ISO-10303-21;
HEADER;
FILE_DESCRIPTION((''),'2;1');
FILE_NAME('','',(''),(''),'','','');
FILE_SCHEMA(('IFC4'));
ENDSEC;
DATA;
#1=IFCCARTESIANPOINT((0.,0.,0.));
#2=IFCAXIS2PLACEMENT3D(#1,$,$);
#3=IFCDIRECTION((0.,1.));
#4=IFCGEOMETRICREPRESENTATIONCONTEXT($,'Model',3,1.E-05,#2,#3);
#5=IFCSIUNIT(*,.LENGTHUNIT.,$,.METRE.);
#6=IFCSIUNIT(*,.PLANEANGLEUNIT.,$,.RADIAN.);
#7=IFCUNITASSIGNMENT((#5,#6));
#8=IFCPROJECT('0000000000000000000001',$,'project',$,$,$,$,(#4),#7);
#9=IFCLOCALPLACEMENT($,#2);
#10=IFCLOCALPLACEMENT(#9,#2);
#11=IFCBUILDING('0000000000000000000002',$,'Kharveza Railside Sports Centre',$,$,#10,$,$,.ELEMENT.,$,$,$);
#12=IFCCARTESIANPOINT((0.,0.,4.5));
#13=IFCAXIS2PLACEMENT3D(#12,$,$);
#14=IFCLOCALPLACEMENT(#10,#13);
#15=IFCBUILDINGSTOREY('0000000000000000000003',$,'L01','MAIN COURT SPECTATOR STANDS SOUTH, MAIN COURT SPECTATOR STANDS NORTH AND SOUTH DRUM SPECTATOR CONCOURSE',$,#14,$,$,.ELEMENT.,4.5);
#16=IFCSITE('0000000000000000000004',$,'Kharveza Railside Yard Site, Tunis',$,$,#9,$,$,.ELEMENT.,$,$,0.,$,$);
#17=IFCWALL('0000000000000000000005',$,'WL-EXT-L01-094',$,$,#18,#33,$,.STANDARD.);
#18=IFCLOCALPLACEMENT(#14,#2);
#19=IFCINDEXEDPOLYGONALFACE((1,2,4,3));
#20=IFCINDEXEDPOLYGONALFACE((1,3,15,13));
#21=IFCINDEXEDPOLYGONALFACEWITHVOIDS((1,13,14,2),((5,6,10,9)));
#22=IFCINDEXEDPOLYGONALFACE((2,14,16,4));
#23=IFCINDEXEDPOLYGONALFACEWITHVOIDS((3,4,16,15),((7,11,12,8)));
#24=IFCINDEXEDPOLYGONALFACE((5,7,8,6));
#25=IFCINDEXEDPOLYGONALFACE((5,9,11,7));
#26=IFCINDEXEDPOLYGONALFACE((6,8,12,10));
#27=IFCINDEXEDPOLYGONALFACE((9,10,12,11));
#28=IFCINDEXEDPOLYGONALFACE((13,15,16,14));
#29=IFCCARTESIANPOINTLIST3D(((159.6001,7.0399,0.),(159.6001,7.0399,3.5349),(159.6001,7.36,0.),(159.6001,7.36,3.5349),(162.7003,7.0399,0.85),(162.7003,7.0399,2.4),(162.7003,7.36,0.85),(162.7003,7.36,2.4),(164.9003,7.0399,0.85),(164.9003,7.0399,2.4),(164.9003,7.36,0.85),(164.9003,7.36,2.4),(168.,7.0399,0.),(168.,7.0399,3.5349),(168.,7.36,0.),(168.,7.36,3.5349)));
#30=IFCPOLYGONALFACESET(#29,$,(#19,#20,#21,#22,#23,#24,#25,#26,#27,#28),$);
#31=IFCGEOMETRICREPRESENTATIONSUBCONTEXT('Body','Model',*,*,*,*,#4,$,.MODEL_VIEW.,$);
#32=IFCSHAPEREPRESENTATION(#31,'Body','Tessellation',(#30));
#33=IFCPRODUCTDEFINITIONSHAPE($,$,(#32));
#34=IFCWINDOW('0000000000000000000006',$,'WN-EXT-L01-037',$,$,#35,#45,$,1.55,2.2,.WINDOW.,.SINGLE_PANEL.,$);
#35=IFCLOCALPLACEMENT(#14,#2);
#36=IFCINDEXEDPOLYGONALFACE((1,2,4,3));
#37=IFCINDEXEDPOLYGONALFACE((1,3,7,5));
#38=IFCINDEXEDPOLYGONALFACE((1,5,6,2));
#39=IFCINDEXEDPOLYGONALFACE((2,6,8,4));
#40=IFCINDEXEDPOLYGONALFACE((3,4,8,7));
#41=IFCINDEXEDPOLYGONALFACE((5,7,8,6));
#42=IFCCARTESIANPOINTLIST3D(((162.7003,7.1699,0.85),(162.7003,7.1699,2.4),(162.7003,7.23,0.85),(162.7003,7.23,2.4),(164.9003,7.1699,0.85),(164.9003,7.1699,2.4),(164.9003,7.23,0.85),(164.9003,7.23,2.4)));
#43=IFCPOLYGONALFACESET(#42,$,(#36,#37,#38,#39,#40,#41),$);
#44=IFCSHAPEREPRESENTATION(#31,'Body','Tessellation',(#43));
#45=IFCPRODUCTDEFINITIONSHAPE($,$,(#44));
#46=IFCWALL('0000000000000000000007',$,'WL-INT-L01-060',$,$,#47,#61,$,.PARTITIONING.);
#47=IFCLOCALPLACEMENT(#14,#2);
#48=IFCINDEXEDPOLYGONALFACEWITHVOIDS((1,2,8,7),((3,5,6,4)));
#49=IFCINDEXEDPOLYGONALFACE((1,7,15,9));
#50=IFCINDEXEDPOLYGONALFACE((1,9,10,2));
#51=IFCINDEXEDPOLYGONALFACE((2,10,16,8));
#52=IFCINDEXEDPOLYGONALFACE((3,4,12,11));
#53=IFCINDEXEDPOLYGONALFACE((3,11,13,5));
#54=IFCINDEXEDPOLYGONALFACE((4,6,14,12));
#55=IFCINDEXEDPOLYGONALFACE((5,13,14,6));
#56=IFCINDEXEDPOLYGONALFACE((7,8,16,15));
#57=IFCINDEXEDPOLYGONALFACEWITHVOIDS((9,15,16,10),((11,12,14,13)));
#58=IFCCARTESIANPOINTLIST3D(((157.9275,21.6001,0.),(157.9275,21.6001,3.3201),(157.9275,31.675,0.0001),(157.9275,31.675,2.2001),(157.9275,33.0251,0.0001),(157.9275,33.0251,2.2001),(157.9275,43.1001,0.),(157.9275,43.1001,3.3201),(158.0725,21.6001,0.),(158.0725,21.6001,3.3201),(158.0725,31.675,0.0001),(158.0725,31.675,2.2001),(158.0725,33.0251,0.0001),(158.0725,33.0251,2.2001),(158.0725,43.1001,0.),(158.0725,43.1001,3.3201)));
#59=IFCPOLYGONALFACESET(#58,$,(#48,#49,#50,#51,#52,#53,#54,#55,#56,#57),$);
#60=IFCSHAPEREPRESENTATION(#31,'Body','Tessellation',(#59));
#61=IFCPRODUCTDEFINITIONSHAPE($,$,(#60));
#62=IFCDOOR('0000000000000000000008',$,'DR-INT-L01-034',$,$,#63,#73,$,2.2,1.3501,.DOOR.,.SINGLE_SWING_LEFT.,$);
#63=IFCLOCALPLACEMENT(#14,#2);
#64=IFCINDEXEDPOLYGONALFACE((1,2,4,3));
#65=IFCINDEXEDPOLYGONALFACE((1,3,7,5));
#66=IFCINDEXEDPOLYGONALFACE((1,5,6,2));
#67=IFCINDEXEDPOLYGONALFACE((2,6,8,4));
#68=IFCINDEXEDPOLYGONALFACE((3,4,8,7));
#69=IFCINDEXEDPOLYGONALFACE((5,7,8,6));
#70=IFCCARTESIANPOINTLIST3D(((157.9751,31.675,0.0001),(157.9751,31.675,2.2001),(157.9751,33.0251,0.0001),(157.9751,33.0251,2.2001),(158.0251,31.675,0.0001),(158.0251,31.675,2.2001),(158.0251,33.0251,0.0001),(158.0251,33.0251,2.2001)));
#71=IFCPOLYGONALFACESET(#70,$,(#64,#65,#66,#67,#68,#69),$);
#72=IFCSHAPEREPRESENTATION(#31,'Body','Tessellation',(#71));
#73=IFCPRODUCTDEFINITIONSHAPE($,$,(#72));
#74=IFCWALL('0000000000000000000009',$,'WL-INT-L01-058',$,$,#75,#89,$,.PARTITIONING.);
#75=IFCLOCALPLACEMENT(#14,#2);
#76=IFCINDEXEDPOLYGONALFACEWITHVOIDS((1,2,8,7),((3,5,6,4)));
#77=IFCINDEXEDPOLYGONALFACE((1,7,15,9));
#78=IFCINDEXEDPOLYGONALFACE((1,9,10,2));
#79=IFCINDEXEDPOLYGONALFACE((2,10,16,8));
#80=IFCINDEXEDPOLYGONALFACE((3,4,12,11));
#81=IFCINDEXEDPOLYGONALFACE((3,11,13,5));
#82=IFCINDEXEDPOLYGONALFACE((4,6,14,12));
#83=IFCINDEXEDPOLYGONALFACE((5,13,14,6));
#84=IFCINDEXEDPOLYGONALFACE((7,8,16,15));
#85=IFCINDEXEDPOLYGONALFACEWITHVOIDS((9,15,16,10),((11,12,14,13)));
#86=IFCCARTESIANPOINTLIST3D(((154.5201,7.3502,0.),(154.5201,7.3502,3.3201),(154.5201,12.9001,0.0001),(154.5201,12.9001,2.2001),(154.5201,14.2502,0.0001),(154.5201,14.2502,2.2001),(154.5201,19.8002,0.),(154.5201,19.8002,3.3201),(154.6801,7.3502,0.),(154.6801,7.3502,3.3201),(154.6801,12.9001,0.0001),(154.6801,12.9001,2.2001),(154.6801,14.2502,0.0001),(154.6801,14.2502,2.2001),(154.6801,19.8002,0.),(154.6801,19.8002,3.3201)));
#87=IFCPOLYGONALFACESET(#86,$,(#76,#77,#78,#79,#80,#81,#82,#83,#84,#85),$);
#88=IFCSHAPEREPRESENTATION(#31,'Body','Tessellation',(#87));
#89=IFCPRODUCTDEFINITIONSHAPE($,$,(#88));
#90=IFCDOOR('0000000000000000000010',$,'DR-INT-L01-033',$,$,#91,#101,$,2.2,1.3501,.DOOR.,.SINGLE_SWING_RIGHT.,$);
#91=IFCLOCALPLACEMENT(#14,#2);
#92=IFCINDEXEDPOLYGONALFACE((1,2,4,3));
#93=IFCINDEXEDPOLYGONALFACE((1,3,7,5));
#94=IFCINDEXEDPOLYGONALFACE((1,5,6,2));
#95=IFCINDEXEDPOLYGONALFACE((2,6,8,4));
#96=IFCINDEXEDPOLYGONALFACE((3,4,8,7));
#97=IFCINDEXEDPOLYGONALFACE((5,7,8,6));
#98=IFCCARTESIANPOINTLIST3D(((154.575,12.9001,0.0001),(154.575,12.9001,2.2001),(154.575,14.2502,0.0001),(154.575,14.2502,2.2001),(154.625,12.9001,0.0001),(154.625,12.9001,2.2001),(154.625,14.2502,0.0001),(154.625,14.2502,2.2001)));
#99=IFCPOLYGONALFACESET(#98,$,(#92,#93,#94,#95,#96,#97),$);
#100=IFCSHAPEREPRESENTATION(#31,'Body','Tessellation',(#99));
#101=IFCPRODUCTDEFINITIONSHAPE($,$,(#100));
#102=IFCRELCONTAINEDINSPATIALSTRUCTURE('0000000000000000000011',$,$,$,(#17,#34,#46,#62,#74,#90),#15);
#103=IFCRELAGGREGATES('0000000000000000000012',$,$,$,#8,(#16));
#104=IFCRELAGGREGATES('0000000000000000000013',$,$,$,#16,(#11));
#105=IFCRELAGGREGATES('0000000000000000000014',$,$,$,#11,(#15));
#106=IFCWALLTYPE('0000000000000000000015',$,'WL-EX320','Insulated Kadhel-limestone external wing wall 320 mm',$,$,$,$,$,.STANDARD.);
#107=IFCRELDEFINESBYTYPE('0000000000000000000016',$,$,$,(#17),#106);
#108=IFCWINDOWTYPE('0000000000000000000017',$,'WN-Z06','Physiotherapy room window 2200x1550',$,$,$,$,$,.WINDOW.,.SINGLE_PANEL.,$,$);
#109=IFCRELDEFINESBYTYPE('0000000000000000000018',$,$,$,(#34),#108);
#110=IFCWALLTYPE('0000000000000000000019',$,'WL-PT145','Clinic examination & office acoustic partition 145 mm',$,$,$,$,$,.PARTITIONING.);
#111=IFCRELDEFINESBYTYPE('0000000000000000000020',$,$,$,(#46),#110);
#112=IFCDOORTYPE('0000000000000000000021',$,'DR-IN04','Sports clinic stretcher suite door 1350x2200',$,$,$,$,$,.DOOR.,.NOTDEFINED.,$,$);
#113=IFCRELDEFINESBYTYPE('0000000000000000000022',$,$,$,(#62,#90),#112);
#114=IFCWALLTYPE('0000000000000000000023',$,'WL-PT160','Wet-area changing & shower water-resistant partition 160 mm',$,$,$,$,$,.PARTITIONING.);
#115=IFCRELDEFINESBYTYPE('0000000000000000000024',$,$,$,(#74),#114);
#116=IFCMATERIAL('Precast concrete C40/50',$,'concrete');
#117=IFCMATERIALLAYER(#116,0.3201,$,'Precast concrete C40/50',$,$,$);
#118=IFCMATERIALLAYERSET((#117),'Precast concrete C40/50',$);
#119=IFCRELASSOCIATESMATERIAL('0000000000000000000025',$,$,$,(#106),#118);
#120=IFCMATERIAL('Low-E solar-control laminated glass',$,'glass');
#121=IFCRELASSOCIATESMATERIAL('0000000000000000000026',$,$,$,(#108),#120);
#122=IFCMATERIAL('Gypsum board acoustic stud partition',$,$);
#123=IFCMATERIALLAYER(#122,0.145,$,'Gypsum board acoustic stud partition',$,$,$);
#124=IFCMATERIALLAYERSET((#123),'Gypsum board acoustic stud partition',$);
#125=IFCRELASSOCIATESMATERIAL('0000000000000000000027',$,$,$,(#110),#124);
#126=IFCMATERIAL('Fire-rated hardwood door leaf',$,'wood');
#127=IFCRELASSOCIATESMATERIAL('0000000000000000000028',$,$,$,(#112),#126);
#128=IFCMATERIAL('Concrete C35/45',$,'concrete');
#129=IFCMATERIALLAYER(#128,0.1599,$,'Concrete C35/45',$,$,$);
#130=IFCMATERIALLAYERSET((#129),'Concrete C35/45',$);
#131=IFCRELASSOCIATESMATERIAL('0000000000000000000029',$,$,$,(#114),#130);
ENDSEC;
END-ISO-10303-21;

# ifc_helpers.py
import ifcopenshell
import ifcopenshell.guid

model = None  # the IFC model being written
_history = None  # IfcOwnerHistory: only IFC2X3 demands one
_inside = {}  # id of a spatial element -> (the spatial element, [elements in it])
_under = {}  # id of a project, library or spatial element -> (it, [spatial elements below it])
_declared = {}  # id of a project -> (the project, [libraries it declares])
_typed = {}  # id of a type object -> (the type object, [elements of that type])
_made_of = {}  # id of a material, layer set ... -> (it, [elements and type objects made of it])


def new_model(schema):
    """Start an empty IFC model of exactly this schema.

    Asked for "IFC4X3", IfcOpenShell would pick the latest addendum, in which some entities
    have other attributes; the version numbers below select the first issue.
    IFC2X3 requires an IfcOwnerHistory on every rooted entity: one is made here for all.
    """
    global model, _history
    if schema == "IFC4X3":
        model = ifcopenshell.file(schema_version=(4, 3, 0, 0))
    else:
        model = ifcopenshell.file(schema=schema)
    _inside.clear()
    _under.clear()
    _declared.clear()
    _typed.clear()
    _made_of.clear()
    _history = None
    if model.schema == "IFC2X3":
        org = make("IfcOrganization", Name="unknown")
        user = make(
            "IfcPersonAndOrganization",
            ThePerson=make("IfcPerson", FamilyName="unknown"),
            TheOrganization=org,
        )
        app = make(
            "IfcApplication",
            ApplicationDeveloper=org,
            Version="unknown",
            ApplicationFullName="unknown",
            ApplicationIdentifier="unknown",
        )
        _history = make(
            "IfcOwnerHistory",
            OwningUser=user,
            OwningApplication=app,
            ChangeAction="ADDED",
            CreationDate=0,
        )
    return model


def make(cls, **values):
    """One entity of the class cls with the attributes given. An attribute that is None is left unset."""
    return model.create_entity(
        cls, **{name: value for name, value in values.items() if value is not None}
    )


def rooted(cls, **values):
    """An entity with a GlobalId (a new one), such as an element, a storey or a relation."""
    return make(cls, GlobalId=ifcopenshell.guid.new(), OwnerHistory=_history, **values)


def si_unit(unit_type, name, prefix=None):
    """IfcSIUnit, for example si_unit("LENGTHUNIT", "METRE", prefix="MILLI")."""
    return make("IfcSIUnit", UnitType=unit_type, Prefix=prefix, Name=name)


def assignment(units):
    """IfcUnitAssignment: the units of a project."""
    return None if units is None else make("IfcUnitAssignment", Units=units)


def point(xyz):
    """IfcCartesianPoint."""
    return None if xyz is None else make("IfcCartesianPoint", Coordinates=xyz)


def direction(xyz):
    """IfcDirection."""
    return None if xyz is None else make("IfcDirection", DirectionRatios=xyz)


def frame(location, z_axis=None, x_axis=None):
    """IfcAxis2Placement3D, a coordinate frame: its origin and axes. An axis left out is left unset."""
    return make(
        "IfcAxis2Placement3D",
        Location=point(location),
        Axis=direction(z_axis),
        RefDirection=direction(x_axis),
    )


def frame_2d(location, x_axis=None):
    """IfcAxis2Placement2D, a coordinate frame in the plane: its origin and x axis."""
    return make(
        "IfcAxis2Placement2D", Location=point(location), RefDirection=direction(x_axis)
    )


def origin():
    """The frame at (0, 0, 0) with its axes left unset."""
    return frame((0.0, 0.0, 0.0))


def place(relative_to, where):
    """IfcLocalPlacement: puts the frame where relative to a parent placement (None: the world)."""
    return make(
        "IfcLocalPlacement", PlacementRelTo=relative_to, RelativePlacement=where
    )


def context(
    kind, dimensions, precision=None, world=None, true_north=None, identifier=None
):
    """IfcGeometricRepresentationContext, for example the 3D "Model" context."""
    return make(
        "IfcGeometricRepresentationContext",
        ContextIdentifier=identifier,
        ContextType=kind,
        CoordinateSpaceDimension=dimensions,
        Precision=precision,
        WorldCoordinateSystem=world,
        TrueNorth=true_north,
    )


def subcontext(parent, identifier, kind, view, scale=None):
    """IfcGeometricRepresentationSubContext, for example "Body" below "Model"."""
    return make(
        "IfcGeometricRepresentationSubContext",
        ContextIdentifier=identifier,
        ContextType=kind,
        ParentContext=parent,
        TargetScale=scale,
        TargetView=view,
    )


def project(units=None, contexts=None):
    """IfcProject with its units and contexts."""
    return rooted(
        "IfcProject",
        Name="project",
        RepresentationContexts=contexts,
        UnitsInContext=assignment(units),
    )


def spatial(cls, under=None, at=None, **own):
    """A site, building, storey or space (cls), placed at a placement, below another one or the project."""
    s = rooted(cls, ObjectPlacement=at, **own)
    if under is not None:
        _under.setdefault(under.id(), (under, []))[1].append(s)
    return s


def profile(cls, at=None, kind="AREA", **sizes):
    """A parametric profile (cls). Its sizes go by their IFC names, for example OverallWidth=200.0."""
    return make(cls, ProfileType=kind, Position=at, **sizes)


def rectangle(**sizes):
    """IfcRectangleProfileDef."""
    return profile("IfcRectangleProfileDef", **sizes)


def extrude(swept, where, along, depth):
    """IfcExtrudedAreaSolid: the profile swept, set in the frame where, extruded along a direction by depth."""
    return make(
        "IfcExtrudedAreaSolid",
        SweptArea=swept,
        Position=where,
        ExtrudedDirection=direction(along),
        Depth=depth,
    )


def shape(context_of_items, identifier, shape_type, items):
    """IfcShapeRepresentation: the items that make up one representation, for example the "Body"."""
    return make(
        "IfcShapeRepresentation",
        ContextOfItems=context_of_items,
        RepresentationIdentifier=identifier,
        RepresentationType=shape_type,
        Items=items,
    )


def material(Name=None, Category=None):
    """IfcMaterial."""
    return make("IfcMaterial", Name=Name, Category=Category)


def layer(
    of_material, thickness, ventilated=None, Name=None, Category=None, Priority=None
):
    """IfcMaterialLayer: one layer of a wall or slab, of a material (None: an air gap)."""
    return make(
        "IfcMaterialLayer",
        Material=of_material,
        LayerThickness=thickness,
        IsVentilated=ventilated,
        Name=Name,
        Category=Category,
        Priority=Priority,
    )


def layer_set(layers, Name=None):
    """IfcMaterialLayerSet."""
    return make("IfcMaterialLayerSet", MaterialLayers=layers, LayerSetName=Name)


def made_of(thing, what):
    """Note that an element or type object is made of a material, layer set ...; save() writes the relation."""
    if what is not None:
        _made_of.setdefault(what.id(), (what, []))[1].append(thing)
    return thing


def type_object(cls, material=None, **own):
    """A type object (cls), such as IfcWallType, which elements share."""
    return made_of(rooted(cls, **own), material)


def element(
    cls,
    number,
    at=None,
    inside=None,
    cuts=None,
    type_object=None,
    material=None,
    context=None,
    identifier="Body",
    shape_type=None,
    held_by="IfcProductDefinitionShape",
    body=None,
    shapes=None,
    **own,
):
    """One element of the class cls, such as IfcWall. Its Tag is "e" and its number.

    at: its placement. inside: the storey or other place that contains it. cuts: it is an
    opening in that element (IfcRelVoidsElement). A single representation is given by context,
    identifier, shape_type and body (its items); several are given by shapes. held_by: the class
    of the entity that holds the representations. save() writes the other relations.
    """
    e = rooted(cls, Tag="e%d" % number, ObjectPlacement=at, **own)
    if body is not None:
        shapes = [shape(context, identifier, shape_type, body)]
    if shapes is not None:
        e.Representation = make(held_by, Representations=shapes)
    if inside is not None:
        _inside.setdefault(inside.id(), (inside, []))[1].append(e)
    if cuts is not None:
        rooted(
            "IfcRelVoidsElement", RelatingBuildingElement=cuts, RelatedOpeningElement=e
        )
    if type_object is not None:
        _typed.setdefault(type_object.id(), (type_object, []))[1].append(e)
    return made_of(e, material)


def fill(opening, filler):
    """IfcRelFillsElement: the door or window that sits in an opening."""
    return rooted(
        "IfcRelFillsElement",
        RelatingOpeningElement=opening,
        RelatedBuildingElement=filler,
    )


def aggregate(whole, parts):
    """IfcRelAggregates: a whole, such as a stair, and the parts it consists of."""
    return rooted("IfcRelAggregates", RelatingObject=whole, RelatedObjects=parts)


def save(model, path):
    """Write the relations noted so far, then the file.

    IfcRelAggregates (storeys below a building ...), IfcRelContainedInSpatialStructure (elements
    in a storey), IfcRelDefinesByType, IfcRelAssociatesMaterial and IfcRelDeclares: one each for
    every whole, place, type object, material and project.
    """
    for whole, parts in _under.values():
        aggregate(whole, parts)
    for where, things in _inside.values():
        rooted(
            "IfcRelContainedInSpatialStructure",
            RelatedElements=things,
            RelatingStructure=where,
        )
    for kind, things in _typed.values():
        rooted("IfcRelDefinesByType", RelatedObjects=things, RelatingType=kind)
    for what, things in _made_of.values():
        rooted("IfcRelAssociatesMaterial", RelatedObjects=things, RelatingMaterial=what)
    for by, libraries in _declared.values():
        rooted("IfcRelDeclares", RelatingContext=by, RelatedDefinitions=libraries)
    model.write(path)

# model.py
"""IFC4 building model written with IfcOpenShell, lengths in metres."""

from ifc_helpers import new_model, si_unit, direction, frame, frame_2d, origin, place, context, subcontext, project, spatial, rectangle, extrude, material, layer, layer_set, type_object, element, fill, save


model = new_model("IFC4")

# Units and contexts
model_context = context("Model", 3, precision=1e-05, world=origin(), true_north=direction((0.0, 1.0)))
body_context = subcontext(model_context, "Body", "Model", "MODEL_VIEW")
ifc_project = project(units=[si_unit("LENGTHUNIT", "METRE"), si_unit("PLANEANGLEUNIT", "RADIAN")], contexts=[model_context])

# Site, building, storey
site_placement = place(None, origin())
site = spatial("IfcSite", under=ifc_project, at=site_placement, Name="Kharveza Railside Yard Site, Tunis", CompositionType="ELEMENT", RefElevation=0.0)
building_placement = place(site_placement, origin())
building = spatial("IfcBuilding", under=site, at=building_placement, Name="Kharveza Railside Sports Centre", CompositionType="ELEMENT")
storey_placement = place(building_placement, frame((0.0, 0.0, 4.5)))
storey = spatial("IfcBuildingStorey", under=building, at=storey_placement, Name="L01", Description="MAIN COURT SPECTATOR STANDS SOUTH, MAIN COURT SPECTATOR STANDS NORTH AND SOUTH DRUM SPECTATOR CONCOURSE", CompositionType="ELEMENT", Elevation=4.5)

# Shared definitions
ifc_material_1 = material(Name="Concrete C35/45", Category="concrete")
ifc_material_2 = material(Name="Fire-rated hardwood door leaf", Category="wood")

# Wall, opening, window
ifc_material_3 = material(Name="Precast concrete C40/50", Category="concrete")
ifc_layer_1 = layer(ifc_material_3, 0.3201, Name="Precast concrete C40/50")
ifc_layer_set_1 = layer_set([ifc_layer_1], Name="Precast concrete C40/50")
wall_type_1 = type_object("IfcWallType", Name="WL-EX320", Description="Insulated Kadhel-limestone external wing wall 320 mm", PredefinedType="STANDARD", material=ifc_layer_set_1)
wall_1_placement = place(storey_placement, frame((159.6001, 7.2, 0.0), z_axis=(0.0, 0.0, 1.0), x_axis=(1.0, 0.0, 0.0)))
wall_1 = element("IfcWall", 1, at=wall_1_placement, inside=storey, type_object=wall_type_1, Name="WL-EXT-L01-094", PredefinedType="STANDARD", context=body_context, shape_type="SweptSolid", body=[
    extrude(rectangle(XDim=8.3999, YDim=0.3201, at=frame_2d((4.2, 0.0))), origin(), (0.0, 0.0, 1.0), 3.5349),
])
opening_1_placement = place(wall_1_placement, frame((3.1001, 0.0, 0.8501)))
opening_1 = element("IfcOpeningElement", 2, at=opening_1_placement, cuts=wall_1, PredefinedType="OPENING", context=body_context, shape_type="SweptSolid", body=[
    extrude(rectangle(XDim=2.2, YDim=1.55, at=frame_2d((1.1001, 0.7749))), frame((0.0, 0.1851, 0.0), z_axis=(0.0, -1.0, 0.0), x_axis=(1.0, 0.0, 0.0)), (0.0, 0.0, 1.0), 0.3699),
])
ifc_material_4 = material(Name="Low-E solar-control laminated glass", Category="glass")
window_type = type_object("IfcWindowType", Name="WN-Z06", Description="Physiotherapy room window 2200x1550", PartitioningType="SINGLE_PANEL", PredefinedType="WINDOW", material=ifc_material_4)
window_placement = place(opening_1_placement, origin())
window = element("IfcWindow", 3, at=window_placement, inside=storey, type_object=window_type, Name="WN-EXT-L01-037", OverallHeight=1.55, OverallWidth=2.2, PartitioningType="SINGLE_PANEL", PredefinedType="WINDOW", context=body_context, shape_type="SweptSolid", body=[
    extrude(rectangle(XDim=2.2, YDim=1.55, at=frame_2d((1.1001, 0.7749))), frame((0.0, 0.03, 0.0), z_axis=(0.0, -1.0, 0.0), x_axis=(1.0, 0.0, 0.0)), (0.0, 0.0, 1.0), 0.0601),
])
fill(opening_1, window)

# Walls, openings, doors
ifc_material_5 = material(Name="Gypsum board acoustic stud partition")
ifc_layer_2 = layer(ifc_material_5, 0.145, Name="Gypsum board acoustic stud partition")
ifc_layer_set_2 = layer_set([ifc_layer_2], Name="Gypsum board acoustic stud partition")
wall_type_2 = type_object("IfcWallType", Name="WL-PT145", Description="Clinic examination & office acoustic partition 145 mm", PredefinedType="PARTITIONING", material=ifc_layer_set_2)
wall_2_placement = place(storey_placement, frame((158.0, 21.6001, 0.0), z_axis=(0.0, 0.0, 1.0), x_axis=(0.0, 1.0, 0.0)))
wall_2 = element("IfcWall", 4, at=wall_2_placement, inside=storey, type_object=wall_type_2, Name="WL-INT-L01-060", PredefinedType="PARTITIONING", context=body_context, shape_type="SweptSolid", body=[
    extrude(rectangle(XDim=21.5, YDim=0.145, at=frame_2d((10.75, 0.0))), origin(), (0.0, 0.0, 1.0), 3.3201),
])
opening_2_placement = place(wall_2_placement, frame((10.075, 0.0, 0.0)))
opening_2 = element("IfcOpeningElement", 5, at=opening_2_placement, cuts=wall_2, PredefinedType="OPENING", context=body_context, shape_type="SweptSolid", body=[
    extrude(rectangle(XDim=1.3501, YDim=2.2, at=frame_2d((0.675, 1.1001))), frame((0.0, 0.0974, 0.0), z_axis=(0.0, -1.0, 0.0), x_axis=(1.0, 0.0, 0.0)), (0.0, 0.0, 1.0), 0.1948),
])
door_type_1 = type_object("IfcDoorType", Name="DR-IN04", Description="Sports clinic stretcher suite door 1350x2200", OperationType="NOTDEFINED", PredefinedType="DOOR", material=ifc_material_2)
door_1_placement = place(opening_2_placement, origin())
door_1 = element("IfcDoor", 6, at=door_1_placement, inside=storey, type_object=door_type_1, Name="DR-INT-L01-034", OperationType="SINGLE_SWING_LEFT", OverallHeight=2.2, OverallWidth=1.3501, PredefinedType="DOOR", context=body_context, shape_type="SweptSolid", body=[
    extrude(rectangle(XDim=1.3501, YDim=2.2, at=frame_2d((0.675, 1.1001))), frame((0.0, 0.0249, 0.0), z_axis=(0.0, -1.0, 0.0), x_axis=(1.0, 0.0, 0.0)), (0.0, 0.0, 1.0), 0.05),
])
fill(opening_2, door_1)
ifc_layer_3 = layer(ifc_material_1, 0.1599, Name="Concrete C35/45")
ifc_layer_set_3 = layer_set([ifc_layer_3], Name="Concrete C35/45")
wall_type_3 = type_object("IfcWallType", Name="WL-PT160", Description="Wet-area changing & shower water-resistant partition 160 mm", PredefinedType="PARTITIONING", material=ifc_layer_set_3)
wall_3_placement = place(storey_placement, frame((154.6001, 7.3501, 0.0), z_axis=(0.0, 0.0, 1.0), x_axis=(0.0, 1.0, 0.0)))
wall_3 = element("IfcWall", 7, at=wall_3_placement, inside=storey, type_object=wall_type_3, Name="WL-INT-L01-058", PredefinedType="PARTITIONING", context=body_context, shape_type="SweptSolid", body=[
    extrude(rectangle(XDim=12.45, YDim=0.1599, at=frame_2d((6.2251, 0.0))), origin(), (0.0, 0.0, 1.0), 3.3201),
])
opening_3_placement = place(wall_3_placement, frame((5.55, 0.0, 0.0)))
opening_3 = element("IfcOpeningElement", 8, at=opening_3_placement, cuts=wall_3, PredefinedType="OPENING", context=body_context, shape_type="SweptSolid", body=[
    extrude(rectangle(XDim=1.3501, YDim=2.2, at=frame_2d((0.675, 1.1001))), frame((0.0, 0.105, 0.0), z_axis=(0.0, -1.0, 0.0), x_axis=(1.0, 0.0, 0.0)), (0.0, 0.0, 1.0), 0.2097),
])
door_2_placement = place(opening_3_placement, frame((1.3501, 0.0, 0.0), z_axis=(0.0, 0.0, 1.0), x_axis=(-1.0, 0.0, 0.0)))
door_2 = element("IfcDoor", 9, at=door_2_placement, inside=storey, type_object=door_type_1, Name="DR-INT-L01-033", OperationType="SINGLE_SWING_RIGHT", OverallHeight=2.2, OverallWidth=1.3501, PredefinedType="DOOR", context=body_context, shape_type="SweptSolid", body=[
    extrude(rectangle(XDim=1.3501, YDim=2.2, at=frame_2d((0.675, 1.1001))), frame((0.0, 0.0249, 0.0), z_axis=(0.0, -1.0, 0.0), x_axis=(1.0, 0.0, 0.0)), (0.0, 0.0, 1.0), 0.05),
])
fill(opening_3, door_2)

save(model, "model.ifc")
